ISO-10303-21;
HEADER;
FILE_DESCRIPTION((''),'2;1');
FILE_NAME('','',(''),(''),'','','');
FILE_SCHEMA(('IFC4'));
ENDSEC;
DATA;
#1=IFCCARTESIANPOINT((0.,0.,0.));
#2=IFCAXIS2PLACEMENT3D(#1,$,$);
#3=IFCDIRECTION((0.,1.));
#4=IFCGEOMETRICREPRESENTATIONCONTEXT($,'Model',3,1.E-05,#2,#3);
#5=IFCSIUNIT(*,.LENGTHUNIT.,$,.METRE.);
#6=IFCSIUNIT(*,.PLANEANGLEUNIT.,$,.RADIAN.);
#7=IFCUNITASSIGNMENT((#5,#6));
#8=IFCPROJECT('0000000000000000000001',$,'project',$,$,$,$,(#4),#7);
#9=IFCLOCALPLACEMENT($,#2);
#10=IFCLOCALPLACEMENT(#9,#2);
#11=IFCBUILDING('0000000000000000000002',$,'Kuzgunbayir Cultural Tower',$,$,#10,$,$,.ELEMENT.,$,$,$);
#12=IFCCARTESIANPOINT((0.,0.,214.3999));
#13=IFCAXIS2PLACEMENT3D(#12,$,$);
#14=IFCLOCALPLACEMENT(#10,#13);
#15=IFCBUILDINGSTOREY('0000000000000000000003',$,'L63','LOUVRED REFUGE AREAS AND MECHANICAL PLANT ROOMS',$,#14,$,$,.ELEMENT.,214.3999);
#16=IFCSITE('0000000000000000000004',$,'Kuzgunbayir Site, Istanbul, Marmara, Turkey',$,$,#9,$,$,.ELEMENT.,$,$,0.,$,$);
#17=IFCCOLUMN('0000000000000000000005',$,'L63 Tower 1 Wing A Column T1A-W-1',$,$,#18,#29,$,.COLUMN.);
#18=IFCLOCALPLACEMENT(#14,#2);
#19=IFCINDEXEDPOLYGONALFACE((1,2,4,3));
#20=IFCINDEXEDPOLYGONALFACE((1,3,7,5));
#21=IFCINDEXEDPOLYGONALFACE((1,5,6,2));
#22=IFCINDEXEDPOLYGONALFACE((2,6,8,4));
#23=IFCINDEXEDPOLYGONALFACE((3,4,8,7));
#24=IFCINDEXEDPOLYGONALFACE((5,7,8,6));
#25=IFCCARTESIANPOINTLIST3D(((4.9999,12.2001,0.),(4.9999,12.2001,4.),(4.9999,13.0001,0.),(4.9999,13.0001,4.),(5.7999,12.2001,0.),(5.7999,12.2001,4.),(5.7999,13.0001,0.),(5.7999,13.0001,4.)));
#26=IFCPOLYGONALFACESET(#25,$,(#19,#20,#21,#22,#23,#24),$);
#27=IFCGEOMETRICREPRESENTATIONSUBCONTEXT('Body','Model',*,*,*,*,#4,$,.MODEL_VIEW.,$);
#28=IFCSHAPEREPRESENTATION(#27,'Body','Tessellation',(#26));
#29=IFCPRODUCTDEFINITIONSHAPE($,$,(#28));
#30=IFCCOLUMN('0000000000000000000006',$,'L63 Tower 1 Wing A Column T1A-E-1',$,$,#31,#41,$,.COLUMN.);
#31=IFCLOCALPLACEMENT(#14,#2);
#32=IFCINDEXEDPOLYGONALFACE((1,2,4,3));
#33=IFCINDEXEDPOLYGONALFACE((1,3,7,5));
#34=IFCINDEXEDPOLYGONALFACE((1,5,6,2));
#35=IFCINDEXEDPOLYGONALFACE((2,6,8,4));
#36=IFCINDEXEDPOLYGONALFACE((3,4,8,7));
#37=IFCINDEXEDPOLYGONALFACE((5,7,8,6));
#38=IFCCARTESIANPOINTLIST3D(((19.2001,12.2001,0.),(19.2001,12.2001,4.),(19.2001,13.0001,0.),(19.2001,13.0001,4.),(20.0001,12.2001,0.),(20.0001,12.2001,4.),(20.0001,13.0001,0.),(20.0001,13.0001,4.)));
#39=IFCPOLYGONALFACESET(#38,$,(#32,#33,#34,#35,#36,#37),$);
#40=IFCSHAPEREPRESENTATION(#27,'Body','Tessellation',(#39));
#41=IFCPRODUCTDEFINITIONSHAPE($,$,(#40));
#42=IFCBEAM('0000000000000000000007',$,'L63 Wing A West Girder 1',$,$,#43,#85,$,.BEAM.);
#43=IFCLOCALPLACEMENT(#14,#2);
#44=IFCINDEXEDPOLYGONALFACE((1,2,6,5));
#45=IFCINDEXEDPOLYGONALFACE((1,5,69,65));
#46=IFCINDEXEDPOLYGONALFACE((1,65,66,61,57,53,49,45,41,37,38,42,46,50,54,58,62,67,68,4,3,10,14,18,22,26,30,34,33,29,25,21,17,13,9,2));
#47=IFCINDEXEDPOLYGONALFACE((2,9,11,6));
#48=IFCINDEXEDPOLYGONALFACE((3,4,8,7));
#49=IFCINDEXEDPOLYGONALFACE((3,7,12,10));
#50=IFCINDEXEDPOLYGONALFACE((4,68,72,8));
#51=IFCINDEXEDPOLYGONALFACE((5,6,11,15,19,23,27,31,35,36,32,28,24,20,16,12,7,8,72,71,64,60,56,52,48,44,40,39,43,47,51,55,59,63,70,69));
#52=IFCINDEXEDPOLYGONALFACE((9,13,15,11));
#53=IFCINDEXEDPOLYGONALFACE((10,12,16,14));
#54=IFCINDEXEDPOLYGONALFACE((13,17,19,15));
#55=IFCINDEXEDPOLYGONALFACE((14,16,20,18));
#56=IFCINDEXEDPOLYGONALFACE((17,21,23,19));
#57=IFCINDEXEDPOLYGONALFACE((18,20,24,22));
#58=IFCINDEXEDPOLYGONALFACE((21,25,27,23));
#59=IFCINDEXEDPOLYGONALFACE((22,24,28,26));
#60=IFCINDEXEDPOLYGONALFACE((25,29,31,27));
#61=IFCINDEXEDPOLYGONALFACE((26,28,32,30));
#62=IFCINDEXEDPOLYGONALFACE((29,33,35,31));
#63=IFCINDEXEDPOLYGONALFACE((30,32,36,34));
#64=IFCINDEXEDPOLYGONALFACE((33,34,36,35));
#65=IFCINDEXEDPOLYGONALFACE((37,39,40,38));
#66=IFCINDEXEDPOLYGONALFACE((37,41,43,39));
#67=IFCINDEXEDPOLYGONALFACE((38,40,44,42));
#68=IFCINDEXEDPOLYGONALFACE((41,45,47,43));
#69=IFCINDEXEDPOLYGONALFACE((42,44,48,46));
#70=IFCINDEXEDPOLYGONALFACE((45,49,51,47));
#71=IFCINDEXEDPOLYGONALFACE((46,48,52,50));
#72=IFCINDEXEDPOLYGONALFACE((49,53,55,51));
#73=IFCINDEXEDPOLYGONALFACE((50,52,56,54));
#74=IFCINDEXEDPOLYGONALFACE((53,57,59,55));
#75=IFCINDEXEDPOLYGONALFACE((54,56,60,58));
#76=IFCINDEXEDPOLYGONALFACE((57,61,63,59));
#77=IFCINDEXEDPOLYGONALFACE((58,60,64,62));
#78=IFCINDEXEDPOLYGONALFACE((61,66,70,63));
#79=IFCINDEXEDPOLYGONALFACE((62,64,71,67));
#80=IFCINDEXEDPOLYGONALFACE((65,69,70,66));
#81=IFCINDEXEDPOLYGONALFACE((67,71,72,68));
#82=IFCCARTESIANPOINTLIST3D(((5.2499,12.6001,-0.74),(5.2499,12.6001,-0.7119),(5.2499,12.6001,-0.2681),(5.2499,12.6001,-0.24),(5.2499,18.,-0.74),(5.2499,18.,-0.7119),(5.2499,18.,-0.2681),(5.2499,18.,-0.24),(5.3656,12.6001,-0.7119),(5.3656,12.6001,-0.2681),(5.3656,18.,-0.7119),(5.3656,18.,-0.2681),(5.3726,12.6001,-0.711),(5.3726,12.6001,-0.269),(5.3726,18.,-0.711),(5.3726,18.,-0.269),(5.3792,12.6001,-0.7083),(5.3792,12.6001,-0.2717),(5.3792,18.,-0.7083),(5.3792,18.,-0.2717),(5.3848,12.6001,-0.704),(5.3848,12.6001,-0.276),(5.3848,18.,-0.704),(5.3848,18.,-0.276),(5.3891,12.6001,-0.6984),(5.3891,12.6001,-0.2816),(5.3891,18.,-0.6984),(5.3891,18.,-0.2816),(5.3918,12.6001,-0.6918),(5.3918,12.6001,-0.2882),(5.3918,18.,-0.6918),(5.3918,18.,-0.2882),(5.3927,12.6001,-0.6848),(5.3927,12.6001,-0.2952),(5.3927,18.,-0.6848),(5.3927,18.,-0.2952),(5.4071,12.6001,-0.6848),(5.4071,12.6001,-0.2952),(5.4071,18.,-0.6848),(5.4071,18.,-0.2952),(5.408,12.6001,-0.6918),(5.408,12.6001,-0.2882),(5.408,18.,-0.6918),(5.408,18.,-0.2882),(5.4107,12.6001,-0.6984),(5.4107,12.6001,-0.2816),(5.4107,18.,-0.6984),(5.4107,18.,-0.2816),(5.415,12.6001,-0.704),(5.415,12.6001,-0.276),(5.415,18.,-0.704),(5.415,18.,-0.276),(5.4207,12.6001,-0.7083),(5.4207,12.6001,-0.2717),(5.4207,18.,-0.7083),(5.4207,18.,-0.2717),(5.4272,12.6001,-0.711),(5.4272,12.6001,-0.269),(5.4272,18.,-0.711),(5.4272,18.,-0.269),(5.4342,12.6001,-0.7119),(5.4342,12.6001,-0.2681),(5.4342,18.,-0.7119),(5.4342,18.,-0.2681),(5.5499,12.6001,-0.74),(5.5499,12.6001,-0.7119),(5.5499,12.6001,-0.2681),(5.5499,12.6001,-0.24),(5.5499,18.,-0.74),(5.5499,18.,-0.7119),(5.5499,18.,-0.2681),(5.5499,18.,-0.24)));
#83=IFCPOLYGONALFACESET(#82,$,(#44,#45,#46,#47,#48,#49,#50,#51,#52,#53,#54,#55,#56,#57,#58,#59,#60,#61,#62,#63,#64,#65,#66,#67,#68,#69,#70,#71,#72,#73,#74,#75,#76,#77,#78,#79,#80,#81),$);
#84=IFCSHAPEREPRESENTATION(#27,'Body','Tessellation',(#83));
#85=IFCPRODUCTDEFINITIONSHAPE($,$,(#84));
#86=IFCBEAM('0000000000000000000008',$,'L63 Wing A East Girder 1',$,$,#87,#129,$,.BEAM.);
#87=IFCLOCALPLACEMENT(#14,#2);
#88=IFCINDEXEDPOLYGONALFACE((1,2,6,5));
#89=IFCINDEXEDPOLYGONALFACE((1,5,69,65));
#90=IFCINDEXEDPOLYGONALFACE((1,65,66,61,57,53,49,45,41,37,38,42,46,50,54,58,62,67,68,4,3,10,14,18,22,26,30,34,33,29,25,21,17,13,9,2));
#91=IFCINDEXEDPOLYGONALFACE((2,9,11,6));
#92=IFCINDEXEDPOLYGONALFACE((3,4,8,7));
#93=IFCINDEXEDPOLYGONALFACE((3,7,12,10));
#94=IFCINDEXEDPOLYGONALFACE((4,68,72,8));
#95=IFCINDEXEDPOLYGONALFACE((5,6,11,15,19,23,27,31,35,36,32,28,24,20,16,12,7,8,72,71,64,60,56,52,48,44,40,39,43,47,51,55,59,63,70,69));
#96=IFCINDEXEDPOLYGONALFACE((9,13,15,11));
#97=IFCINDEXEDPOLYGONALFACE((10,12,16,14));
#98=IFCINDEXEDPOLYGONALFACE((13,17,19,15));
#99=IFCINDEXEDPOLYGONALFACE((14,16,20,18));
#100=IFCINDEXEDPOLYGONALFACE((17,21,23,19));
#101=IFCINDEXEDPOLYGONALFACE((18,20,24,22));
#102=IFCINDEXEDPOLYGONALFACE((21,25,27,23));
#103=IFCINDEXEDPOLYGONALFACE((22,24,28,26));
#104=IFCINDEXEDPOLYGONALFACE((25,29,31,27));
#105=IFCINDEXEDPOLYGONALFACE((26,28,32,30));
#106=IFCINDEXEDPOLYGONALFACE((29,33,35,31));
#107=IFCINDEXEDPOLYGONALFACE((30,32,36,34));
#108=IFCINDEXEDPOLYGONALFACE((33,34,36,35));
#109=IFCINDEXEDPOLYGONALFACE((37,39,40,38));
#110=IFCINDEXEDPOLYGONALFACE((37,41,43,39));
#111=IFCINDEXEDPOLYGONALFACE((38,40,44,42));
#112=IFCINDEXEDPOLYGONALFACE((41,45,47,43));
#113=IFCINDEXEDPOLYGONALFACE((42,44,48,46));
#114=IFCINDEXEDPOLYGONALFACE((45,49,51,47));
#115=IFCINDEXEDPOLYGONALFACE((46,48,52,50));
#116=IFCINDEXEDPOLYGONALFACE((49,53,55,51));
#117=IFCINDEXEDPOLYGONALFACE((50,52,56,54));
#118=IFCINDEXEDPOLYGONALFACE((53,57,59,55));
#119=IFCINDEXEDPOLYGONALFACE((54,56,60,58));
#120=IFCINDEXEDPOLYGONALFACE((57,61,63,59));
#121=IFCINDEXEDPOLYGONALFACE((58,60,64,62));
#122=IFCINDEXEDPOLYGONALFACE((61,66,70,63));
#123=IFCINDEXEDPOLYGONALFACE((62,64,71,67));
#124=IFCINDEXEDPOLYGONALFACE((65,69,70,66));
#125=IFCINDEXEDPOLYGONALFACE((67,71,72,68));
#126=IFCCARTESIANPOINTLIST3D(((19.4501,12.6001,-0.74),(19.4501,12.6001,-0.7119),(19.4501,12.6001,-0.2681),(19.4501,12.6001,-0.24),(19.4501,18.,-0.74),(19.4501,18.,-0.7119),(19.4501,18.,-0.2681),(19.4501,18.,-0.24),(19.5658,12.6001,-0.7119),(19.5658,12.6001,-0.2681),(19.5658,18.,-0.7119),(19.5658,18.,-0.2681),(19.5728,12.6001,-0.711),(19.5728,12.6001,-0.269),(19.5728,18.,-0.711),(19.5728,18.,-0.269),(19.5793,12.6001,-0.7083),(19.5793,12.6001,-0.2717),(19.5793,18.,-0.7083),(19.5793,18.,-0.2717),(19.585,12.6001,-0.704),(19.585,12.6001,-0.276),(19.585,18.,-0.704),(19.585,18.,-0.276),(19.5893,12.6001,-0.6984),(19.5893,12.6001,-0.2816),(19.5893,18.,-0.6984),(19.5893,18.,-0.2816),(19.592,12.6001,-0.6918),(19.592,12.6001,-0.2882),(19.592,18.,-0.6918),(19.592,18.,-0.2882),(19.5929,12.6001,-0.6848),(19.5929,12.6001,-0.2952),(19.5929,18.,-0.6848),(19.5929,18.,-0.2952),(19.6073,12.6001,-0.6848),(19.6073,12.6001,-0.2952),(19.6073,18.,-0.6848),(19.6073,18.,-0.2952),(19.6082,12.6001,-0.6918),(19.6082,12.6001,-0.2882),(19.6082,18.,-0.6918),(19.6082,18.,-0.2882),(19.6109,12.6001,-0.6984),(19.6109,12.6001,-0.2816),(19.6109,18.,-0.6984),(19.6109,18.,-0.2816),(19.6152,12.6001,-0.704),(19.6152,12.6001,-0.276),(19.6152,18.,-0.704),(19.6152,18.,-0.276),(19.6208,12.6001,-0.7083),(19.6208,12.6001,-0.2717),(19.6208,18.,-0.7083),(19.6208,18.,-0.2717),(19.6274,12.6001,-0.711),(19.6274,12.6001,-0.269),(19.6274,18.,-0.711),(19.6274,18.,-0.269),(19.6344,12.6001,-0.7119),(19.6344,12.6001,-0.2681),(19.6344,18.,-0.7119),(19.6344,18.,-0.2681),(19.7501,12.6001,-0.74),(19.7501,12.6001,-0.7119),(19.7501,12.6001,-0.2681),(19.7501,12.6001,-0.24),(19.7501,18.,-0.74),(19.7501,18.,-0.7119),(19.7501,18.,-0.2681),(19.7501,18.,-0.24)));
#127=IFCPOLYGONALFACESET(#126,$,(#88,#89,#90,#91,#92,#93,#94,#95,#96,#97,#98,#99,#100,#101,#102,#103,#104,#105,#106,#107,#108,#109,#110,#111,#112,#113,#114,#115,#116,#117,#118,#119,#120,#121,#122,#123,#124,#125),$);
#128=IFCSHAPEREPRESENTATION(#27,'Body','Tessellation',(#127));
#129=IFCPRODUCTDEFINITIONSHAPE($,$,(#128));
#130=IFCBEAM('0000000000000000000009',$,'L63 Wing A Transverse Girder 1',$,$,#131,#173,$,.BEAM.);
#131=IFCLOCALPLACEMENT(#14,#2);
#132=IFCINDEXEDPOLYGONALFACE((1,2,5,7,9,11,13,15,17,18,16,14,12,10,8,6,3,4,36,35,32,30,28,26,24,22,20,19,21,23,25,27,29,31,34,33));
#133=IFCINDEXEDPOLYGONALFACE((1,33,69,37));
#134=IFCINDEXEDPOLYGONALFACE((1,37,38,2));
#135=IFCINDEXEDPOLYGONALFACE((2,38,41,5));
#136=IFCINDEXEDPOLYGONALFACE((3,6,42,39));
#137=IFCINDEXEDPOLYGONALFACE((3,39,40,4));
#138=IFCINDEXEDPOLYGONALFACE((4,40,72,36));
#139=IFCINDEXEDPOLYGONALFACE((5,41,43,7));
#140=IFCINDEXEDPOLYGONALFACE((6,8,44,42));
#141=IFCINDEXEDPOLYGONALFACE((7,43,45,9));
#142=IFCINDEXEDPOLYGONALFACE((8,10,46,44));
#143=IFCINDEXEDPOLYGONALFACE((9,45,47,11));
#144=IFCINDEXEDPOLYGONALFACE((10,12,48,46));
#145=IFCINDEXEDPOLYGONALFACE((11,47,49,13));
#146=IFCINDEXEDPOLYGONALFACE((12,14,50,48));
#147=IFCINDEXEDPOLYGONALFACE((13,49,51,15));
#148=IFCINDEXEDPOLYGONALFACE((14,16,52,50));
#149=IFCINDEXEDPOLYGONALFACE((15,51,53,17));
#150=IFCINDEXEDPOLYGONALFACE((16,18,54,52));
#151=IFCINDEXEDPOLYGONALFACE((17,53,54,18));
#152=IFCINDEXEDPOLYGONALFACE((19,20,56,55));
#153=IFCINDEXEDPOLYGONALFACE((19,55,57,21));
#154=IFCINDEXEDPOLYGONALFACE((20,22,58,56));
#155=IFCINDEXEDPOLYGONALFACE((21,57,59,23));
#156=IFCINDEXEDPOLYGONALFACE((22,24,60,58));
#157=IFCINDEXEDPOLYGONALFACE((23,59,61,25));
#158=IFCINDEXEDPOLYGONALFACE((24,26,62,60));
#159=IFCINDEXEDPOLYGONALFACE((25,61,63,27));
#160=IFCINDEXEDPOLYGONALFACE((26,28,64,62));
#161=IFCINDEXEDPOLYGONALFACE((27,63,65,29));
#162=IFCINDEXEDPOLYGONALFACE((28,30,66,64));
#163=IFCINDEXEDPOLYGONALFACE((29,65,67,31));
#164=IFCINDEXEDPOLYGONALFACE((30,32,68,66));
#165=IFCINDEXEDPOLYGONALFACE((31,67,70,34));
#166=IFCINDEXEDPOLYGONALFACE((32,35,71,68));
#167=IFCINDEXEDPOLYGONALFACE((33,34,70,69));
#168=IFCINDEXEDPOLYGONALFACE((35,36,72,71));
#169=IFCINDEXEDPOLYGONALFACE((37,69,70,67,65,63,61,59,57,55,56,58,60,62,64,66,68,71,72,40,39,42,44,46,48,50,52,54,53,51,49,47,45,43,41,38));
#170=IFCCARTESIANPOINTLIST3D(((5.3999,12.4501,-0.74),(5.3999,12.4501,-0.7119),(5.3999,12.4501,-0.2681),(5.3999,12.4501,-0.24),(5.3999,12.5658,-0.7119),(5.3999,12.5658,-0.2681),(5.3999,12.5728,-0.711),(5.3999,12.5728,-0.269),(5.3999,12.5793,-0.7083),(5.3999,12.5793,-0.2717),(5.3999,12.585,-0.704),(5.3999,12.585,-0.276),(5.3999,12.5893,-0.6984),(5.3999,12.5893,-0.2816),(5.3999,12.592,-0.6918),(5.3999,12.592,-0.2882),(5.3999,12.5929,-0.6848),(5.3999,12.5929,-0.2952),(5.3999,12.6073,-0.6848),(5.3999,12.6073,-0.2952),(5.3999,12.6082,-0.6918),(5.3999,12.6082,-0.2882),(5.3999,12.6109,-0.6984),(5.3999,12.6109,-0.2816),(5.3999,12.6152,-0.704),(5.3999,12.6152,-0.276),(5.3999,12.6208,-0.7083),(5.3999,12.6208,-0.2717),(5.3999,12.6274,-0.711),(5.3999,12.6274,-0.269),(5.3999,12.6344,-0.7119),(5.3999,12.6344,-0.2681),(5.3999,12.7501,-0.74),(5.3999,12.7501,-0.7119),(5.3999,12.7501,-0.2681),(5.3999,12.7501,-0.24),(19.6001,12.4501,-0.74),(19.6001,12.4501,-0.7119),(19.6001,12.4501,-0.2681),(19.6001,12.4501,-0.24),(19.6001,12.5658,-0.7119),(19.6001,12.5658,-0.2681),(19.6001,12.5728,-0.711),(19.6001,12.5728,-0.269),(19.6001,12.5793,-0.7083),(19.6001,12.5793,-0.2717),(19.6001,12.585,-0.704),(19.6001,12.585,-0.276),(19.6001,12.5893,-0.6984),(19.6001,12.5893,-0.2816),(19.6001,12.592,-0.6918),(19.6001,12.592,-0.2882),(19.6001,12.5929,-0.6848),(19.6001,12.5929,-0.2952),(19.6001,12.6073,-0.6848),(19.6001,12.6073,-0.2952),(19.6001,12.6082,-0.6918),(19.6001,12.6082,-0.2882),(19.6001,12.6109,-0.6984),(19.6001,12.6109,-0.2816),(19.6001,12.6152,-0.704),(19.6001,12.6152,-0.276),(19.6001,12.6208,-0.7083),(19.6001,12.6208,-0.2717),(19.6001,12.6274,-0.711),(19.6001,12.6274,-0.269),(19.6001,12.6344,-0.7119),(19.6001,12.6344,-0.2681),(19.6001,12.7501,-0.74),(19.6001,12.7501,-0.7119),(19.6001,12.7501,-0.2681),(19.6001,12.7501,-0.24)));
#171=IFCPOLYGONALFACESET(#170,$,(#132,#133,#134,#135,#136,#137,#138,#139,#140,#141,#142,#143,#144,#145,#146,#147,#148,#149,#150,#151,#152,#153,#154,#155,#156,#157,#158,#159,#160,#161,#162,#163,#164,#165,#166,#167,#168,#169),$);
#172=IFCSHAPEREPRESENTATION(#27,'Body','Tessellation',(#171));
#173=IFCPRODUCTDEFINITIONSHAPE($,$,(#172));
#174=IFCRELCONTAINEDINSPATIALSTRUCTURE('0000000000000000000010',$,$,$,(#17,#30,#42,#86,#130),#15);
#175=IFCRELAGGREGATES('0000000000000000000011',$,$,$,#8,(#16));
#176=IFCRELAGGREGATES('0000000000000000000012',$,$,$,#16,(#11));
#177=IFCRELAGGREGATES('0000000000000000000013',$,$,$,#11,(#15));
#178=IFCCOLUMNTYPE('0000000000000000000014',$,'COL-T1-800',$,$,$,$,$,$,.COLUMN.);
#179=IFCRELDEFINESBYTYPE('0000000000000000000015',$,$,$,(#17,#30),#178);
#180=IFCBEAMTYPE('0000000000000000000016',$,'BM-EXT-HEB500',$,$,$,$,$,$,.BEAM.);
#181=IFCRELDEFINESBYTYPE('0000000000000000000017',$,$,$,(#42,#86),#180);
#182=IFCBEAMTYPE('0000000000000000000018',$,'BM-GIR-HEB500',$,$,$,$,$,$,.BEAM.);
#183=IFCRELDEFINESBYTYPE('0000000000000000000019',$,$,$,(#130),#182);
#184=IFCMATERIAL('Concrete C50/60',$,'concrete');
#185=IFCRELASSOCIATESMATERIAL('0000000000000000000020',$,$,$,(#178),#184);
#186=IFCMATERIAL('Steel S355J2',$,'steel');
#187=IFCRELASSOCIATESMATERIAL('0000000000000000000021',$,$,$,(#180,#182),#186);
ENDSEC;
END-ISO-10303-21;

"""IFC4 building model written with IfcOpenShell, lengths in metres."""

from ifc_helpers import new_model, si_unit, direction, frame, origin, origin_2d, place, context, subcontext, project, spatial, rectangle, i_section, extrude, material, material_profile, profile_set, type_object, element, save


model = new_model("IFC4")

# Units and contexts
model_context = context("Model", 3, precision=1e-05, world=origin(), true_north=direction((0.0, 1.0)))
body_context = subcontext(model_context, "Body", "Model", "MODEL_VIEW")
ifc_project = project(units=[si_unit("LENGTHUNIT", "METRE"), si_unit("PLANEANGLEUNIT", "RADIAN")], contexts=[model_context])

# Site, building, storey
site_placement = place(None, origin())
site = spatial("IfcSite", under=ifc_project, at=site_placement, Name="Kuzgunbayir Site, Istanbul, Marmara, Turkey", CompositionType="ELEMENT", RefElevation=0.0)
building_placement = place(site_placement, origin())
building = spatial("IfcBuilding", under=site, at=building_placement, Name="Kuzgunbayir Cultural Tower", CompositionType="ELEMENT")
storey_placement = place(building_placement, frame((0.0, 0.0, 214.3999)))
storey = spatial("IfcBuildingStorey", under=building, at=storey_placement, Name="L63", Description="LOUVRED REFUGE AREAS AND MECHANICAL PLANT ROOMS", CompositionType="ELEMENT", Elevation=214.3999)

# Columns
ifc_material_1 = material(Name="Concrete C50/60", Category="concrete")
ifc_material_profile_1 = material_profile(ifc_material_1, rectangle(XDim=0.8, YDim=0.8, at=origin_2d()), Name="RC 800x800")
ifc_profile_set_1 = profile_set([ifc_material_profile_1], Name="Concrete C50/60")
column_type = type_object("IfcColumnType", Name="COL-T1-800", PredefinedType="COLUMN", material=ifc_profile_set_1)
for number, where, z_axis, x_axis, name in (
    (1, (5.3999, 12.6001, 0.0), (0.0, 0.0, 1.0), (1.0, 0.0, 0.0), "L63 Tower 1 Wing A Column T1A-W-1"),
    (2, (19.6001, 12.6001, 0.0), (0.0, 0.0, 1.0), (1.0, 0.0, 0.0), "L63 Tower 1 Wing A Column T1A-E-1"),
):
    element("IfcColumn", number, at=place(storey_placement, frame(where, z_axis=z_axis, x_axis=x_axis)), inside=storey, type_object=column_type, Name=name, PredefinedType="COLUMN", context=body_context, shape_type="SweptSolid", body=[
        extrude(rectangle(XDim=0.8, YDim=0.8, at=origin_2d()), origin(), (0.0, 0.0, 1.0), 4.0),
    ])

# Beams
ifc_material_2 = material(Name="Steel S355J2", Category="steel")
ifc_material_profile_2 = material_profile(ifc_material_2, i_section(OverallWidth=0.3, OverallDepth=0.5, WebThickness=0.0144, FlangeThickness=0.0281, FilletRadius=0.0271, at=origin_2d()), Name="HEB 500")
ifc_profile_set_2 = profile_set([ifc_material_profile_2], Name="Steel S355J2")
beam_type_1 = type_object("IfcBeamType", Name="BM-EXT-HEB500", PredefinedType="BEAM", material=ifc_profile_set_2)
for number, where, z_axis, x_axis, name in (
    (3, (5.3999, 12.6001, -0.49), (0.0, 1.0, 0.0), (-1.0, 0.0, 0.0), "L63 Wing A West Girder 1"),
    (4, (19.6001, 12.6001, -0.49), (0.0, 1.0, 0.0), (-1.0, 0.0, 0.0), "L63 Wing A East Girder 1"),
):
    element("IfcBeam", number, at=place(storey_placement, frame(where, z_axis=z_axis, x_axis=x_axis)), inside=storey, type_object=beam_type_1, Name=name, PredefinedType="BEAM", context=body_context, shape_type="SweptSolid", body=[
        extrude(i_section(OverallWidth=0.3, OverallDepth=0.5, WebThickness=0.0144, FlangeThickness=0.0281, FilletRadius=0.0271, at=origin_2d()), origin(), (0.0, 0.0, 1.0), 5.3999),
    ])
ifc_material_profile_3 = material_profile(ifc_material_2, i_section(OverallWidth=0.3, OverallDepth=0.5, WebThickness=0.0144, FlangeThickness=0.0281, FilletRadius=0.0271, at=origin_2d()), Name="HEB 500")
ifc_profile_set_3 = profile_set([ifc_material_profile_3], Name="Steel S355J2")
beam_type_2 = type_object("IfcBeamType", Name="BM-GIR-HEB500", PredefinedType="BEAM", material=ifc_profile_set_3)
beam_placement = place(storey_placement, frame((5.3999, 12.6001, -0.49), z_axis=(1.0, 0.0, 0.0), x_axis=(0.0, 1.0, 0.0)))
element("IfcBeam", 5, at=beam_placement, inside=storey, type_object=beam_type_2, Name="L63 Wing A Transverse Girder 1", PredefinedType="BEAM", context=body_context, shape_type="SweptSolid", body=[
    extrude(i_section(OverallWidth=0.3, OverallDepth=0.5, WebThickness=0.0144, FlangeThickness=0.0281, FilletRadius=0.0271, at=origin_2d()), origin(), (0.0, 0.0, 1.0), 14.2002),
])

save(model, "model.ifc")
